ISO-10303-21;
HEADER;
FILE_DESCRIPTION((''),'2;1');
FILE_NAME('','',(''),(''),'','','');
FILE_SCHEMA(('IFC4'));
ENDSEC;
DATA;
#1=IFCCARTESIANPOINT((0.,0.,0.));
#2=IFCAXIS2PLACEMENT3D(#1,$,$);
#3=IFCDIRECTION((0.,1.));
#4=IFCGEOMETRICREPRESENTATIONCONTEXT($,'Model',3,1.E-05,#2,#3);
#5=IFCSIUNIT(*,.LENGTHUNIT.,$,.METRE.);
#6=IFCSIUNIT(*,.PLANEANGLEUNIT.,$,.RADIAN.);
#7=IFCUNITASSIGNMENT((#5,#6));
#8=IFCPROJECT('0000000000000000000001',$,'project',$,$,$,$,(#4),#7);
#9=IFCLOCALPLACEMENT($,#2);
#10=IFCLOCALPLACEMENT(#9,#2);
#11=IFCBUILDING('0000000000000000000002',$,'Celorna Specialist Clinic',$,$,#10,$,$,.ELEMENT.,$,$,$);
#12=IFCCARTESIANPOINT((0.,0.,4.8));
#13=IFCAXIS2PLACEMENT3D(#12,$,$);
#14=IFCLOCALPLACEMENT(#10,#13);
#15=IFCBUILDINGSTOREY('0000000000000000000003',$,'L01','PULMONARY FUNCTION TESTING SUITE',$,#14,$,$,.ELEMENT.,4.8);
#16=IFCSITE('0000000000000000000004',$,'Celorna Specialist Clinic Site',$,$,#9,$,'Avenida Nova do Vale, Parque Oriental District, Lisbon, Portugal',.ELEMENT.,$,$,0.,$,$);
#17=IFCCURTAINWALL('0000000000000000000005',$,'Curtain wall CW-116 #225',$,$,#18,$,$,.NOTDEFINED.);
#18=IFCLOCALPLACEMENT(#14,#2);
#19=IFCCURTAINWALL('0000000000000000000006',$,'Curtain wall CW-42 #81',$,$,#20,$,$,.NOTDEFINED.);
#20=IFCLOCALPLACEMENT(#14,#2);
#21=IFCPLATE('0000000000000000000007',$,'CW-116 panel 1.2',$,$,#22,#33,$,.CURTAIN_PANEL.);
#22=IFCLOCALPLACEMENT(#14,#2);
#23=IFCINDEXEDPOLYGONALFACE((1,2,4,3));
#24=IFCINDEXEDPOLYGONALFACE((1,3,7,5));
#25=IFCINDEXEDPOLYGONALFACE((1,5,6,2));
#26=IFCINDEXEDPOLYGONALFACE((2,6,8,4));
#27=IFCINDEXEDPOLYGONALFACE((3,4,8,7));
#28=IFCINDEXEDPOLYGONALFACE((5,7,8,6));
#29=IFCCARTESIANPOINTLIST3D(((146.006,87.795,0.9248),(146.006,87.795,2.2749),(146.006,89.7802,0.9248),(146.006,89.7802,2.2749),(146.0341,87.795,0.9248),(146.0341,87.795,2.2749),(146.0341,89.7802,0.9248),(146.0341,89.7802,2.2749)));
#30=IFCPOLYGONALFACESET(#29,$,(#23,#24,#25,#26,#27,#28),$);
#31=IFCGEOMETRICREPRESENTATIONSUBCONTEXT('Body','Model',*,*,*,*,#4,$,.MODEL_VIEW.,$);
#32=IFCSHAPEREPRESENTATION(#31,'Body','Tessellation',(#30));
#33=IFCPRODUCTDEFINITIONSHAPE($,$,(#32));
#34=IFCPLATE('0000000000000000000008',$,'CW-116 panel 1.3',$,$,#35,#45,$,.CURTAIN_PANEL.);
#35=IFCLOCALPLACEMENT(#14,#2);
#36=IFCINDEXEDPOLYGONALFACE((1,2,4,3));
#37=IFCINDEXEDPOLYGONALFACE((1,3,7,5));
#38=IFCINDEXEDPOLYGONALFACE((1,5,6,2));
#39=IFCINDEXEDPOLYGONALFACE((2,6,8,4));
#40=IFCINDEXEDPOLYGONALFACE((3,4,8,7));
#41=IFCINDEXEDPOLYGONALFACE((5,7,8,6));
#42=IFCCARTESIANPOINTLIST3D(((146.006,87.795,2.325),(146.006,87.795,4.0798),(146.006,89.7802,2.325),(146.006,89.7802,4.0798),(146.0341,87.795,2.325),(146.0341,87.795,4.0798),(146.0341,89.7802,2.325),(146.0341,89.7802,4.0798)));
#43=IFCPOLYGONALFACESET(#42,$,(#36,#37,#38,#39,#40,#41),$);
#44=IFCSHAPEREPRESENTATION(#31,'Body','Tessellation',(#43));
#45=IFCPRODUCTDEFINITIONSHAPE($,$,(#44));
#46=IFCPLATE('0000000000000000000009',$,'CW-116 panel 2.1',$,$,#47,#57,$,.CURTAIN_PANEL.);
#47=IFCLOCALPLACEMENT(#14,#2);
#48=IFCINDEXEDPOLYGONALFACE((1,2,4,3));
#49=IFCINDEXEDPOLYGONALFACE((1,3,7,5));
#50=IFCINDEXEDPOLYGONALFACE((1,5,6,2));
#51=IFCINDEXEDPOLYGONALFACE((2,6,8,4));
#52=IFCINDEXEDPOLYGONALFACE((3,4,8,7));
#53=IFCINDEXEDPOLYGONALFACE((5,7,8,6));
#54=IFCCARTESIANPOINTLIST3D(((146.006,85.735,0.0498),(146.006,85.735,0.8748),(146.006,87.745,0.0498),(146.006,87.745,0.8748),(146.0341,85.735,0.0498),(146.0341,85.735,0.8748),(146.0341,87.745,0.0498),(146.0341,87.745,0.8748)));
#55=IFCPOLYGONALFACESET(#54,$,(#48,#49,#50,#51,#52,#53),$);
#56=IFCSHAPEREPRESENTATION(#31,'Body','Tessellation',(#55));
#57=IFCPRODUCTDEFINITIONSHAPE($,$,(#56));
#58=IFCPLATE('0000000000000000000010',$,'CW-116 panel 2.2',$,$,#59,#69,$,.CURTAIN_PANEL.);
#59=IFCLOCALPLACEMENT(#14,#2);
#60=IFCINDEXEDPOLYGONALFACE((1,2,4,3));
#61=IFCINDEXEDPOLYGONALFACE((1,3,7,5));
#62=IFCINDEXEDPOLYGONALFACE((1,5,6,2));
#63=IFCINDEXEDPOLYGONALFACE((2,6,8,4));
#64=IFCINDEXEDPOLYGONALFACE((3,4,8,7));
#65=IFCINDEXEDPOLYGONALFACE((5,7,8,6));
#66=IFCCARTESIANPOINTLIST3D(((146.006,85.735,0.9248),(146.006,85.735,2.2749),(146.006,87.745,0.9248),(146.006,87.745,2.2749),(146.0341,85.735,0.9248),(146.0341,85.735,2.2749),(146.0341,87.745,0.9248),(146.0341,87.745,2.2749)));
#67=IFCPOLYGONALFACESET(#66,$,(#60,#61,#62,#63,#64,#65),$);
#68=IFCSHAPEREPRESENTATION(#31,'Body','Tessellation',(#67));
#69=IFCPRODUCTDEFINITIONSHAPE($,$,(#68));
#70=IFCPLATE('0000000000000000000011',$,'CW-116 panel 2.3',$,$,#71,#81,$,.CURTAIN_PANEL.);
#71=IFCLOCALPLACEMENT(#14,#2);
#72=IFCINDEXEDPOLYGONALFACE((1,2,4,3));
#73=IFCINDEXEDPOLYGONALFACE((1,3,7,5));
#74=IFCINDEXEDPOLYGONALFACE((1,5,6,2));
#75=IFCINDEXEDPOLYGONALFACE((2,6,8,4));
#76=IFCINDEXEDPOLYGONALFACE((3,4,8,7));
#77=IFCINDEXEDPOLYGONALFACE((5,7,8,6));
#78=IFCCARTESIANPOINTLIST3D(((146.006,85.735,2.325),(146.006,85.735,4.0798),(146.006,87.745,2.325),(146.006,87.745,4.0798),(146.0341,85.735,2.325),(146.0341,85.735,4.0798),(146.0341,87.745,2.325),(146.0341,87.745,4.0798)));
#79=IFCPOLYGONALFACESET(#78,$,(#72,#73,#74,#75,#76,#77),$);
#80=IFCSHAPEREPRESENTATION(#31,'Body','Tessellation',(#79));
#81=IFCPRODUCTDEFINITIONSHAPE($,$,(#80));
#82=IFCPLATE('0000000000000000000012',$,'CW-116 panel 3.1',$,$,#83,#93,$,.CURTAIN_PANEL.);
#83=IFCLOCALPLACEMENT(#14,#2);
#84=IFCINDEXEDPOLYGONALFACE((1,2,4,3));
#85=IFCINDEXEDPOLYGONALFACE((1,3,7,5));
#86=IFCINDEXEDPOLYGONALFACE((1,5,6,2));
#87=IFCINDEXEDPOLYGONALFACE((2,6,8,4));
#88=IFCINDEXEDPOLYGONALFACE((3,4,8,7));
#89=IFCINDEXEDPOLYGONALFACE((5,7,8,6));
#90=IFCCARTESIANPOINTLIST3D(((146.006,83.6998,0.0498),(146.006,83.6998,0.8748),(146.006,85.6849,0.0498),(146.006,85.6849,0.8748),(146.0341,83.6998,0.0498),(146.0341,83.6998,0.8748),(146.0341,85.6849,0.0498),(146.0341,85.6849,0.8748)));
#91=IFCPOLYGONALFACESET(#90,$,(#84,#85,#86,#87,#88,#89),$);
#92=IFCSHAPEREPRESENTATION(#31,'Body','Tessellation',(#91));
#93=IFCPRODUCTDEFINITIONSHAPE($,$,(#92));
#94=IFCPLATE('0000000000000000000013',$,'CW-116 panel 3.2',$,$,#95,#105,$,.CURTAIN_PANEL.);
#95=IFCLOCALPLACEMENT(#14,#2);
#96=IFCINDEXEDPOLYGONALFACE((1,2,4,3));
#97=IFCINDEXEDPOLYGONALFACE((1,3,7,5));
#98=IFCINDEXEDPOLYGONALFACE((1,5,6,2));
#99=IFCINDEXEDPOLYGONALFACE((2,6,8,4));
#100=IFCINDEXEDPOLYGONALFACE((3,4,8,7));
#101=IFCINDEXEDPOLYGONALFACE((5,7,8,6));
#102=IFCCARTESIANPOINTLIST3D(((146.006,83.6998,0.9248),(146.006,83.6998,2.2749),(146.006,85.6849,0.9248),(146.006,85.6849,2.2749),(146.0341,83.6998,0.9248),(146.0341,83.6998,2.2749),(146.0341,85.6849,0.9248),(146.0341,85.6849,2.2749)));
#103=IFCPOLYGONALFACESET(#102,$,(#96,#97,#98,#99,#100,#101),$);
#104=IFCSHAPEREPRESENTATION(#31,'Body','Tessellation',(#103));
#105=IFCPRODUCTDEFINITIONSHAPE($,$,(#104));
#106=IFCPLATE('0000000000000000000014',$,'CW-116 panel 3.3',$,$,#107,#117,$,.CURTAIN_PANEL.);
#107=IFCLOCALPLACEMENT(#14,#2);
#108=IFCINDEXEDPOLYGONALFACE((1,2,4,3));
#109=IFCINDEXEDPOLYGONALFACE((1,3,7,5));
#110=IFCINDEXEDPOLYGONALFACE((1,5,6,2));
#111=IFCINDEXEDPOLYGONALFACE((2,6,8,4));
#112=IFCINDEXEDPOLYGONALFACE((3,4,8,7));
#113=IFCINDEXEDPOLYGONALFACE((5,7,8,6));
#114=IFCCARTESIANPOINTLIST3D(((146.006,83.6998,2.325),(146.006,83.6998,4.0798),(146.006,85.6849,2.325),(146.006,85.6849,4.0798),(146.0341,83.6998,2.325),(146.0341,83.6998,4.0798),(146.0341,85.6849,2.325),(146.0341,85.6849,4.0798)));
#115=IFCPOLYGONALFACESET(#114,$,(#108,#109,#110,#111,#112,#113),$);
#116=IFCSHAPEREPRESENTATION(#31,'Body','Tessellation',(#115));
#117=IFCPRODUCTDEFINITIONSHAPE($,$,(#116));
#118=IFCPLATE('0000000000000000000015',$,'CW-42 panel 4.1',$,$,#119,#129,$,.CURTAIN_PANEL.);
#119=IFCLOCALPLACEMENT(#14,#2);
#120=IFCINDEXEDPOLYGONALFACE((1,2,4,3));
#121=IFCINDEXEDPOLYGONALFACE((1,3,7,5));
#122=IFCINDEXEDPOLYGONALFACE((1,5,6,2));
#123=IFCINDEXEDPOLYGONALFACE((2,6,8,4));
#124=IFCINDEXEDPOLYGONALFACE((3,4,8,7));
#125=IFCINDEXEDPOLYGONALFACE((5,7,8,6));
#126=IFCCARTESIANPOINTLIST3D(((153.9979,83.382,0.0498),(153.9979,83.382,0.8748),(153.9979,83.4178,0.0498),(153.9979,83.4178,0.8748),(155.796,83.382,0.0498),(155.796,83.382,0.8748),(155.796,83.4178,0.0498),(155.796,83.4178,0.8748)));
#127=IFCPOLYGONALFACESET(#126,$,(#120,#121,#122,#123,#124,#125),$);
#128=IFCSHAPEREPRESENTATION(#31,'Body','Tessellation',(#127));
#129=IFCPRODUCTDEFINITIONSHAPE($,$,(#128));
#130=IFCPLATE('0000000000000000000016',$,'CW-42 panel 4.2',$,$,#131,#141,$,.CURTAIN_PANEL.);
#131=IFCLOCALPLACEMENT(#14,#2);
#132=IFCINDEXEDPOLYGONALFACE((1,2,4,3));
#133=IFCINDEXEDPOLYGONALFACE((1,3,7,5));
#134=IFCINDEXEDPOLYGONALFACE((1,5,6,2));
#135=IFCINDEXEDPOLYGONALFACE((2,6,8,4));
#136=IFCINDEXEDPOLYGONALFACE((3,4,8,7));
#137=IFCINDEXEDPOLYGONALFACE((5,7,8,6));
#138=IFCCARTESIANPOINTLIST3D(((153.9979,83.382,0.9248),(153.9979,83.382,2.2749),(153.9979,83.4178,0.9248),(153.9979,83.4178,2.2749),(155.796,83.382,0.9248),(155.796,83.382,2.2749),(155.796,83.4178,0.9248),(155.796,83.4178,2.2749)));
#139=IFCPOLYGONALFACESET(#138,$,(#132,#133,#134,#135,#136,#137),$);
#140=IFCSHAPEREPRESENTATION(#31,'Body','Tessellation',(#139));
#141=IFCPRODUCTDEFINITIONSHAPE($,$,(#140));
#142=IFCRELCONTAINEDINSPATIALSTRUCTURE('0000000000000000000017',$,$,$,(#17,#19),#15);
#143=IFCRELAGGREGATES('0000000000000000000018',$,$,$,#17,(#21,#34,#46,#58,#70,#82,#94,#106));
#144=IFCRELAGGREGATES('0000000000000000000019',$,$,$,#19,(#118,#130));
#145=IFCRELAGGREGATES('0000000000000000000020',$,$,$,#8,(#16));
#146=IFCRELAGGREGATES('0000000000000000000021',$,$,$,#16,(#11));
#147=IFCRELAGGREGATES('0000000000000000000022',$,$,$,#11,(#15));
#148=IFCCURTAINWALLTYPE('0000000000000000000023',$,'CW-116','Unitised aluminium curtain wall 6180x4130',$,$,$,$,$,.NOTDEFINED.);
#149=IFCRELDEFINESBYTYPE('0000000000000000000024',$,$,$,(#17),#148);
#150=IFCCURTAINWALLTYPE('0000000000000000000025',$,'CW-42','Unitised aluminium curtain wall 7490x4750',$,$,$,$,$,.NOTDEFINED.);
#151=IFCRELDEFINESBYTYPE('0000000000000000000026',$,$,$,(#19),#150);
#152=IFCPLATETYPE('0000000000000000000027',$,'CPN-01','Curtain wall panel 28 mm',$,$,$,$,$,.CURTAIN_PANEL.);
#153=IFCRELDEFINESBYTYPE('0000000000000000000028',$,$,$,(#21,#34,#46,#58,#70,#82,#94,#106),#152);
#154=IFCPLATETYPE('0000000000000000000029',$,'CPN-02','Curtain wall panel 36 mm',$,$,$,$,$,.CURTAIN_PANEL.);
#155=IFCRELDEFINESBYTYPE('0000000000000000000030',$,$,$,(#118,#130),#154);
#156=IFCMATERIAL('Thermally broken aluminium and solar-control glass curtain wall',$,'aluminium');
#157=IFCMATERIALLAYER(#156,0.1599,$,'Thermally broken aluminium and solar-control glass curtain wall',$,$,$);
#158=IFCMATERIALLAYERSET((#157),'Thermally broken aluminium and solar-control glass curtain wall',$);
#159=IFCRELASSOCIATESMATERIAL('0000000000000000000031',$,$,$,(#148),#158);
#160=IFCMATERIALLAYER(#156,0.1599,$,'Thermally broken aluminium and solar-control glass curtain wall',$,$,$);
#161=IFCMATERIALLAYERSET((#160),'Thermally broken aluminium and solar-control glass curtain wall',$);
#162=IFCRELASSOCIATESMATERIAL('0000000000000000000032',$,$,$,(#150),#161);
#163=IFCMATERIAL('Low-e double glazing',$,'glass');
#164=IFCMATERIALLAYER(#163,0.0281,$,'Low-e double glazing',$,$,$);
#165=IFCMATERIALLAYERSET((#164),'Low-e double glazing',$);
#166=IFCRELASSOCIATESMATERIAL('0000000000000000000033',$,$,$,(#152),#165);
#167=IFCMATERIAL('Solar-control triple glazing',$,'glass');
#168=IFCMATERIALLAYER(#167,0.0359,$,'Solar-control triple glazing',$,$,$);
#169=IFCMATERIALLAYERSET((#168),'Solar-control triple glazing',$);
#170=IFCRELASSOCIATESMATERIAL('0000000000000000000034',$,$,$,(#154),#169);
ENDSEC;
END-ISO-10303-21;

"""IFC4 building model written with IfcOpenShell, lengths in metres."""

from ifc_helpers import new_model, si_unit, direction, frame, origin, origin_2d, place, context, subcontext, project, spatial, rectangle, extrude, material, layer, layer_set, type_object, element, aggregate, save


model = new_model("IFC4")

# Units and contexts
model_context = context("Model", 3, precision=1e-05, world=origin(), true_north=direction((0.0, 1.0)))
body_context = subcontext(model_context, "Body", "Model", "MODEL_VIEW")
ifc_project = project(units=[si_unit("LENGTHUNIT", "METRE"), si_unit("PLANEANGLEUNIT", "RADIAN")], contexts=[model_context])

# Site, building, storey
site_placement = place(None, origin())
site = spatial("IfcSite", under=ifc_project, at=site_placement, Name="Celorna Specialist Clinic Site", LongName="Avenida Nova do Vale, Parque Oriental District, Lisbon, Portugal", CompositionType="ELEMENT", RefElevation=0.0)
building_placement = place(site_placement, origin())
building = spatial("IfcBuilding", under=site, at=building_placement, Name="Celorna Specialist Clinic", CompositionType="ELEMENT")
storey_placement = place(building_placement, frame((0.0, 0.0, 4.8)))
storey = spatial("IfcBuildingStorey", under=building, at=storey_placement, Name="L01", Description="PULMONARY FUNCTION TESTING SUITE", CompositionType="ELEMENT", Elevation=4.8)

# Curtain wall
ifc_material_1 = material(Name="Thermally broken aluminium and solar-control glass curtain wall", Category="aluminium")
ifc_layer_1 = layer(ifc_material_1, 0.1599, Name="Thermally broken aluminium and solar-control glass curtain wall")
ifc_layer_set_1 = layer_set([ifc_layer_1], Name="Thermally broken aluminium and solar-control glass curtain wall")
curtain_wall_type_1 = type_object("IfcCurtainWallType", Name="CW-116", Description="Unitised aluminium curtain wall 6180x4130", PredefinedType="NOTDEFINED", material=ifc_layer_set_1)
curtain_wall_1_placement = place(storey_placement, origin())
curtain_wall_1 = element("IfcCurtainWall", 1, at=curtain_wall_1_placement, inside=storey, type_object=curtain_wall_type_1, Name="Curtain wall CW-116 #225", PredefinedType="NOTDEFINED")

# Curtain wall
ifc_layer_2 = layer(ifc_material_1, 0.1599, Name="Thermally broken aluminium and solar-control glass curtain wall")
ifc_layer_set_2 = layer_set([ifc_layer_2], Name="Thermally broken aluminium and solar-control glass curtain wall")
curtain_wall_type_2 = type_object("IfcCurtainWallType", Name="CW-42", Description="Unitised aluminium curtain wall 7490x4750", PredefinedType="NOTDEFINED", material=ifc_layer_set_2)
curtain_wall_2_placement = place(storey_placement, origin())
curtain_wall_2 = element("IfcCurtainWall", 2, at=curtain_wall_2_placement, inside=storey, type_object=curtain_wall_type_2, Name="Curtain wall CW-42 #81", PredefinedType="NOTDEFINED")

# Plates
ifc_material_2 = material(Name="Low-e double glazing", Category="glass")
ifc_layer_3 = layer(ifc_material_2, 0.0281, Name="Low-e double glazing")
ifc_layer_set_3 = layer_set([ifc_layer_3], Name="Low-e double glazing")
plate_type_1 = type_object("IfcPlateType", Name="CPN-01", Description="Curtain wall panel 28 mm", PredefinedType="CURTAIN_PANEL", material=ifc_layer_set_3)
plate_1_placement = place(storey_placement, frame((146.02, 88.7876, 0.9248), z_axis=(0.0, 0.0, 1.0), x_axis=(0.0, -1.0, 0.0)))
plate_1 = element("IfcPlate", 3, at=plate_1_placement, type_object=plate_type_1, Name="CW-116 panel 1.2", PredefinedType="CURTAIN_PANEL", context=body_context, shape_type="SweptSolid", body=[
    extrude(rectangle(XDim=1.9851, YDim=0.0281, at=origin_2d()), origin(), (0.0, 0.0, 1.0), 1.3501),
])
plate_2_placement = place(storey_placement, frame((146.02, 88.7876, 2.325), z_axis=(0.0, 0.0, 1.0), x_axis=(0.0, -1.0, 0.0)))
plate_2 = element("IfcPlate", 4, at=plate_2_placement, type_object=plate_type_1, Name="CW-116 panel 1.3", PredefinedType="CURTAIN_PANEL", context=body_context, shape_type="SweptSolid", body=[
    extrude(rectangle(XDim=1.9851, YDim=0.0281, at=origin_2d()), origin(), (0.0, 0.0, 1.0), 1.7549),
])
plate_3_placement = place(storey_placement, frame((146.02, 86.74, 0.0498), z_axis=(0.0, 0.0, 1.0), x_axis=(0.0, -1.0, 0.0)))
plate_3 = element("IfcPlate", 5, at=plate_3_placement, type_object=plate_type_1, Name="CW-116 panel 2.1", PredefinedType="CURTAIN_PANEL", context=body_context, shape_type="SweptSolid", body=[
    extrude(rectangle(XDim=2.01, YDim=0.0281, at=origin_2d()), origin(), (0.0, 0.0, 1.0), 0.825),
])
plate_4_placement = place(storey_placement, frame((146.02, 86.74, 0.9248), z_axis=(0.0, 0.0, 1.0), x_axis=(0.0, -1.0, 0.0)))
plate_4 = element("IfcPlate", 6, at=plate_4_placement, type_object=plate_type_1, Name="CW-116 panel 2.2", PredefinedType="CURTAIN_PANEL", context=body_context, shape_type="SweptSolid", body=[
    extrude(rectangle(XDim=2.01, YDim=0.0281, at=origin_2d()), origin(), (0.0, 0.0, 1.0), 1.3501),
])
plate_5_placement = place(storey_placement, frame((146.02, 86.74, 2.325), z_axis=(0.0, 0.0, 1.0), x_axis=(0.0, -1.0, 0.0)))
plate_5 = element("IfcPlate", 7, at=plate_5_placement, type_object=plate_type_1, Name="CW-116 panel 2.3", PredefinedType="CURTAIN_PANEL", context=body_context, shape_type="SweptSolid", body=[
    extrude(rectangle(XDim=2.01, YDim=0.0281, at=origin_2d()), origin(), (0.0, 0.0, 1.0), 1.7549),
])
plate_6_placement = place(storey_placement, frame((146.02, 84.6924, 0.0498), z_axis=(0.0, 0.0, 1.0), x_axis=(0.0, -1.0, 0.0)))
plate_6 = element("IfcPlate", 8, at=plate_6_placement, type_object=plate_type_1, Name="CW-116 panel 3.1", PredefinedType="CURTAIN_PANEL", context=body_context, shape_type="SweptSolid", body=[
    extrude(rectangle(XDim=1.9851, YDim=0.0281, at=origin_2d()), origin(), (0.0, 0.0, 1.0), 0.825),
])
plate_7_placement = place(storey_placement, frame((146.02, 84.6924, 0.9248), z_axis=(0.0, 0.0, 1.0), x_axis=(0.0, -1.0, 0.0)))
plate_7 = element("IfcPlate", 9, at=plate_7_placement, type_object=plate_type_1, Name="CW-116 panel 3.2", PredefinedType="CURTAIN_PANEL", context=body_context, shape_type="SweptSolid", body=[
    extrude(rectangle(XDim=1.9851, YDim=0.0281, at=origin_2d()), origin(), (0.0, 0.0, 1.0), 1.3501),
])
plate_8_placement = place(storey_placement, frame((146.02, 84.6924, 2.325), z_axis=(0.0, 0.0, 1.0), x_axis=(0.0, -1.0, 0.0)))
plate_8 = element("IfcPlate", 10, at=plate_8_placement, type_object=plate_type_1, Name="CW-116 panel 3.3", PredefinedType="CURTAIN_PANEL", context=body_context, shape_type="SweptSolid", body=[
    extrude(rectangle(XDim=1.9851, YDim=0.0281, at=origin_2d()), origin(), (0.0, 0.0, 1.0), 1.7549),
])
aggregate(curtain_wall_1, [plate_1, plate_2, plate_3, plate_4, plate_5, plate_6, plate_7, plate_8])
ifc_material_3 = material(Name="Solar-control triple glazing", Category="glass")
ifc_layer_4 = layer(ifc_material_3, 0.0359, Name="Solar-control triple glazing")
ifc_layer_set_4 = layer_set([ifc_layer_4], Name="Solar-control triple glazing")
plate_type_2 = type_object("IfcPlateType", Name="CPN-02", Description="Curtain wall panel 36 mm", PredefinedType="CURTAIN_PANEL", material=ifc_layer_set_4)
plate_9_placement = place(storey_placement, frame((154.897, 83.3999, 0.0498), z_axis=(0.0, 0.0, 1.0), x_axis=(1.0, 0.0, 0.0)))
plate_9 = element("IfcPlate", 11, at=plate_9_placement, type_object=plate_type_2, Name="CW-42 panel 4.1", PredefinedType="CURTAIN_PANEL", context=body_context, shape_type="SweptSolid", body=[
    extrude(rectangle(XDim=1.7981, YDim=0.0359, at=origin_2d()), origin(), (0.0, 0.0, 1.0), 0.825),
])
plate_10_placement = place(storey_placement, frame((154.897, 83.3999, 0.9248), z_axis=(0.0, 0.0, 1.0), x_axis=(1.0, 0.0, 0.0)))
plate_10 = element("IfcPlate", 12, at=plate_10_placement, type_object=plate_type_2, Name="CW-42 panel 4.2", PredefinedType="CURTAIN_PANEL", context=body_context, shape_type="SweptSolid", body=[
    extrude(rectangle(XDim=1.7981, YDim=0.0359, at=origin_2d()), origin(), (0.0, 0.0, 1.0), 1.3501),
])
aggregate(curtain_wall_2, [plate_9, plate_10])

save(model, "model.ifc")
